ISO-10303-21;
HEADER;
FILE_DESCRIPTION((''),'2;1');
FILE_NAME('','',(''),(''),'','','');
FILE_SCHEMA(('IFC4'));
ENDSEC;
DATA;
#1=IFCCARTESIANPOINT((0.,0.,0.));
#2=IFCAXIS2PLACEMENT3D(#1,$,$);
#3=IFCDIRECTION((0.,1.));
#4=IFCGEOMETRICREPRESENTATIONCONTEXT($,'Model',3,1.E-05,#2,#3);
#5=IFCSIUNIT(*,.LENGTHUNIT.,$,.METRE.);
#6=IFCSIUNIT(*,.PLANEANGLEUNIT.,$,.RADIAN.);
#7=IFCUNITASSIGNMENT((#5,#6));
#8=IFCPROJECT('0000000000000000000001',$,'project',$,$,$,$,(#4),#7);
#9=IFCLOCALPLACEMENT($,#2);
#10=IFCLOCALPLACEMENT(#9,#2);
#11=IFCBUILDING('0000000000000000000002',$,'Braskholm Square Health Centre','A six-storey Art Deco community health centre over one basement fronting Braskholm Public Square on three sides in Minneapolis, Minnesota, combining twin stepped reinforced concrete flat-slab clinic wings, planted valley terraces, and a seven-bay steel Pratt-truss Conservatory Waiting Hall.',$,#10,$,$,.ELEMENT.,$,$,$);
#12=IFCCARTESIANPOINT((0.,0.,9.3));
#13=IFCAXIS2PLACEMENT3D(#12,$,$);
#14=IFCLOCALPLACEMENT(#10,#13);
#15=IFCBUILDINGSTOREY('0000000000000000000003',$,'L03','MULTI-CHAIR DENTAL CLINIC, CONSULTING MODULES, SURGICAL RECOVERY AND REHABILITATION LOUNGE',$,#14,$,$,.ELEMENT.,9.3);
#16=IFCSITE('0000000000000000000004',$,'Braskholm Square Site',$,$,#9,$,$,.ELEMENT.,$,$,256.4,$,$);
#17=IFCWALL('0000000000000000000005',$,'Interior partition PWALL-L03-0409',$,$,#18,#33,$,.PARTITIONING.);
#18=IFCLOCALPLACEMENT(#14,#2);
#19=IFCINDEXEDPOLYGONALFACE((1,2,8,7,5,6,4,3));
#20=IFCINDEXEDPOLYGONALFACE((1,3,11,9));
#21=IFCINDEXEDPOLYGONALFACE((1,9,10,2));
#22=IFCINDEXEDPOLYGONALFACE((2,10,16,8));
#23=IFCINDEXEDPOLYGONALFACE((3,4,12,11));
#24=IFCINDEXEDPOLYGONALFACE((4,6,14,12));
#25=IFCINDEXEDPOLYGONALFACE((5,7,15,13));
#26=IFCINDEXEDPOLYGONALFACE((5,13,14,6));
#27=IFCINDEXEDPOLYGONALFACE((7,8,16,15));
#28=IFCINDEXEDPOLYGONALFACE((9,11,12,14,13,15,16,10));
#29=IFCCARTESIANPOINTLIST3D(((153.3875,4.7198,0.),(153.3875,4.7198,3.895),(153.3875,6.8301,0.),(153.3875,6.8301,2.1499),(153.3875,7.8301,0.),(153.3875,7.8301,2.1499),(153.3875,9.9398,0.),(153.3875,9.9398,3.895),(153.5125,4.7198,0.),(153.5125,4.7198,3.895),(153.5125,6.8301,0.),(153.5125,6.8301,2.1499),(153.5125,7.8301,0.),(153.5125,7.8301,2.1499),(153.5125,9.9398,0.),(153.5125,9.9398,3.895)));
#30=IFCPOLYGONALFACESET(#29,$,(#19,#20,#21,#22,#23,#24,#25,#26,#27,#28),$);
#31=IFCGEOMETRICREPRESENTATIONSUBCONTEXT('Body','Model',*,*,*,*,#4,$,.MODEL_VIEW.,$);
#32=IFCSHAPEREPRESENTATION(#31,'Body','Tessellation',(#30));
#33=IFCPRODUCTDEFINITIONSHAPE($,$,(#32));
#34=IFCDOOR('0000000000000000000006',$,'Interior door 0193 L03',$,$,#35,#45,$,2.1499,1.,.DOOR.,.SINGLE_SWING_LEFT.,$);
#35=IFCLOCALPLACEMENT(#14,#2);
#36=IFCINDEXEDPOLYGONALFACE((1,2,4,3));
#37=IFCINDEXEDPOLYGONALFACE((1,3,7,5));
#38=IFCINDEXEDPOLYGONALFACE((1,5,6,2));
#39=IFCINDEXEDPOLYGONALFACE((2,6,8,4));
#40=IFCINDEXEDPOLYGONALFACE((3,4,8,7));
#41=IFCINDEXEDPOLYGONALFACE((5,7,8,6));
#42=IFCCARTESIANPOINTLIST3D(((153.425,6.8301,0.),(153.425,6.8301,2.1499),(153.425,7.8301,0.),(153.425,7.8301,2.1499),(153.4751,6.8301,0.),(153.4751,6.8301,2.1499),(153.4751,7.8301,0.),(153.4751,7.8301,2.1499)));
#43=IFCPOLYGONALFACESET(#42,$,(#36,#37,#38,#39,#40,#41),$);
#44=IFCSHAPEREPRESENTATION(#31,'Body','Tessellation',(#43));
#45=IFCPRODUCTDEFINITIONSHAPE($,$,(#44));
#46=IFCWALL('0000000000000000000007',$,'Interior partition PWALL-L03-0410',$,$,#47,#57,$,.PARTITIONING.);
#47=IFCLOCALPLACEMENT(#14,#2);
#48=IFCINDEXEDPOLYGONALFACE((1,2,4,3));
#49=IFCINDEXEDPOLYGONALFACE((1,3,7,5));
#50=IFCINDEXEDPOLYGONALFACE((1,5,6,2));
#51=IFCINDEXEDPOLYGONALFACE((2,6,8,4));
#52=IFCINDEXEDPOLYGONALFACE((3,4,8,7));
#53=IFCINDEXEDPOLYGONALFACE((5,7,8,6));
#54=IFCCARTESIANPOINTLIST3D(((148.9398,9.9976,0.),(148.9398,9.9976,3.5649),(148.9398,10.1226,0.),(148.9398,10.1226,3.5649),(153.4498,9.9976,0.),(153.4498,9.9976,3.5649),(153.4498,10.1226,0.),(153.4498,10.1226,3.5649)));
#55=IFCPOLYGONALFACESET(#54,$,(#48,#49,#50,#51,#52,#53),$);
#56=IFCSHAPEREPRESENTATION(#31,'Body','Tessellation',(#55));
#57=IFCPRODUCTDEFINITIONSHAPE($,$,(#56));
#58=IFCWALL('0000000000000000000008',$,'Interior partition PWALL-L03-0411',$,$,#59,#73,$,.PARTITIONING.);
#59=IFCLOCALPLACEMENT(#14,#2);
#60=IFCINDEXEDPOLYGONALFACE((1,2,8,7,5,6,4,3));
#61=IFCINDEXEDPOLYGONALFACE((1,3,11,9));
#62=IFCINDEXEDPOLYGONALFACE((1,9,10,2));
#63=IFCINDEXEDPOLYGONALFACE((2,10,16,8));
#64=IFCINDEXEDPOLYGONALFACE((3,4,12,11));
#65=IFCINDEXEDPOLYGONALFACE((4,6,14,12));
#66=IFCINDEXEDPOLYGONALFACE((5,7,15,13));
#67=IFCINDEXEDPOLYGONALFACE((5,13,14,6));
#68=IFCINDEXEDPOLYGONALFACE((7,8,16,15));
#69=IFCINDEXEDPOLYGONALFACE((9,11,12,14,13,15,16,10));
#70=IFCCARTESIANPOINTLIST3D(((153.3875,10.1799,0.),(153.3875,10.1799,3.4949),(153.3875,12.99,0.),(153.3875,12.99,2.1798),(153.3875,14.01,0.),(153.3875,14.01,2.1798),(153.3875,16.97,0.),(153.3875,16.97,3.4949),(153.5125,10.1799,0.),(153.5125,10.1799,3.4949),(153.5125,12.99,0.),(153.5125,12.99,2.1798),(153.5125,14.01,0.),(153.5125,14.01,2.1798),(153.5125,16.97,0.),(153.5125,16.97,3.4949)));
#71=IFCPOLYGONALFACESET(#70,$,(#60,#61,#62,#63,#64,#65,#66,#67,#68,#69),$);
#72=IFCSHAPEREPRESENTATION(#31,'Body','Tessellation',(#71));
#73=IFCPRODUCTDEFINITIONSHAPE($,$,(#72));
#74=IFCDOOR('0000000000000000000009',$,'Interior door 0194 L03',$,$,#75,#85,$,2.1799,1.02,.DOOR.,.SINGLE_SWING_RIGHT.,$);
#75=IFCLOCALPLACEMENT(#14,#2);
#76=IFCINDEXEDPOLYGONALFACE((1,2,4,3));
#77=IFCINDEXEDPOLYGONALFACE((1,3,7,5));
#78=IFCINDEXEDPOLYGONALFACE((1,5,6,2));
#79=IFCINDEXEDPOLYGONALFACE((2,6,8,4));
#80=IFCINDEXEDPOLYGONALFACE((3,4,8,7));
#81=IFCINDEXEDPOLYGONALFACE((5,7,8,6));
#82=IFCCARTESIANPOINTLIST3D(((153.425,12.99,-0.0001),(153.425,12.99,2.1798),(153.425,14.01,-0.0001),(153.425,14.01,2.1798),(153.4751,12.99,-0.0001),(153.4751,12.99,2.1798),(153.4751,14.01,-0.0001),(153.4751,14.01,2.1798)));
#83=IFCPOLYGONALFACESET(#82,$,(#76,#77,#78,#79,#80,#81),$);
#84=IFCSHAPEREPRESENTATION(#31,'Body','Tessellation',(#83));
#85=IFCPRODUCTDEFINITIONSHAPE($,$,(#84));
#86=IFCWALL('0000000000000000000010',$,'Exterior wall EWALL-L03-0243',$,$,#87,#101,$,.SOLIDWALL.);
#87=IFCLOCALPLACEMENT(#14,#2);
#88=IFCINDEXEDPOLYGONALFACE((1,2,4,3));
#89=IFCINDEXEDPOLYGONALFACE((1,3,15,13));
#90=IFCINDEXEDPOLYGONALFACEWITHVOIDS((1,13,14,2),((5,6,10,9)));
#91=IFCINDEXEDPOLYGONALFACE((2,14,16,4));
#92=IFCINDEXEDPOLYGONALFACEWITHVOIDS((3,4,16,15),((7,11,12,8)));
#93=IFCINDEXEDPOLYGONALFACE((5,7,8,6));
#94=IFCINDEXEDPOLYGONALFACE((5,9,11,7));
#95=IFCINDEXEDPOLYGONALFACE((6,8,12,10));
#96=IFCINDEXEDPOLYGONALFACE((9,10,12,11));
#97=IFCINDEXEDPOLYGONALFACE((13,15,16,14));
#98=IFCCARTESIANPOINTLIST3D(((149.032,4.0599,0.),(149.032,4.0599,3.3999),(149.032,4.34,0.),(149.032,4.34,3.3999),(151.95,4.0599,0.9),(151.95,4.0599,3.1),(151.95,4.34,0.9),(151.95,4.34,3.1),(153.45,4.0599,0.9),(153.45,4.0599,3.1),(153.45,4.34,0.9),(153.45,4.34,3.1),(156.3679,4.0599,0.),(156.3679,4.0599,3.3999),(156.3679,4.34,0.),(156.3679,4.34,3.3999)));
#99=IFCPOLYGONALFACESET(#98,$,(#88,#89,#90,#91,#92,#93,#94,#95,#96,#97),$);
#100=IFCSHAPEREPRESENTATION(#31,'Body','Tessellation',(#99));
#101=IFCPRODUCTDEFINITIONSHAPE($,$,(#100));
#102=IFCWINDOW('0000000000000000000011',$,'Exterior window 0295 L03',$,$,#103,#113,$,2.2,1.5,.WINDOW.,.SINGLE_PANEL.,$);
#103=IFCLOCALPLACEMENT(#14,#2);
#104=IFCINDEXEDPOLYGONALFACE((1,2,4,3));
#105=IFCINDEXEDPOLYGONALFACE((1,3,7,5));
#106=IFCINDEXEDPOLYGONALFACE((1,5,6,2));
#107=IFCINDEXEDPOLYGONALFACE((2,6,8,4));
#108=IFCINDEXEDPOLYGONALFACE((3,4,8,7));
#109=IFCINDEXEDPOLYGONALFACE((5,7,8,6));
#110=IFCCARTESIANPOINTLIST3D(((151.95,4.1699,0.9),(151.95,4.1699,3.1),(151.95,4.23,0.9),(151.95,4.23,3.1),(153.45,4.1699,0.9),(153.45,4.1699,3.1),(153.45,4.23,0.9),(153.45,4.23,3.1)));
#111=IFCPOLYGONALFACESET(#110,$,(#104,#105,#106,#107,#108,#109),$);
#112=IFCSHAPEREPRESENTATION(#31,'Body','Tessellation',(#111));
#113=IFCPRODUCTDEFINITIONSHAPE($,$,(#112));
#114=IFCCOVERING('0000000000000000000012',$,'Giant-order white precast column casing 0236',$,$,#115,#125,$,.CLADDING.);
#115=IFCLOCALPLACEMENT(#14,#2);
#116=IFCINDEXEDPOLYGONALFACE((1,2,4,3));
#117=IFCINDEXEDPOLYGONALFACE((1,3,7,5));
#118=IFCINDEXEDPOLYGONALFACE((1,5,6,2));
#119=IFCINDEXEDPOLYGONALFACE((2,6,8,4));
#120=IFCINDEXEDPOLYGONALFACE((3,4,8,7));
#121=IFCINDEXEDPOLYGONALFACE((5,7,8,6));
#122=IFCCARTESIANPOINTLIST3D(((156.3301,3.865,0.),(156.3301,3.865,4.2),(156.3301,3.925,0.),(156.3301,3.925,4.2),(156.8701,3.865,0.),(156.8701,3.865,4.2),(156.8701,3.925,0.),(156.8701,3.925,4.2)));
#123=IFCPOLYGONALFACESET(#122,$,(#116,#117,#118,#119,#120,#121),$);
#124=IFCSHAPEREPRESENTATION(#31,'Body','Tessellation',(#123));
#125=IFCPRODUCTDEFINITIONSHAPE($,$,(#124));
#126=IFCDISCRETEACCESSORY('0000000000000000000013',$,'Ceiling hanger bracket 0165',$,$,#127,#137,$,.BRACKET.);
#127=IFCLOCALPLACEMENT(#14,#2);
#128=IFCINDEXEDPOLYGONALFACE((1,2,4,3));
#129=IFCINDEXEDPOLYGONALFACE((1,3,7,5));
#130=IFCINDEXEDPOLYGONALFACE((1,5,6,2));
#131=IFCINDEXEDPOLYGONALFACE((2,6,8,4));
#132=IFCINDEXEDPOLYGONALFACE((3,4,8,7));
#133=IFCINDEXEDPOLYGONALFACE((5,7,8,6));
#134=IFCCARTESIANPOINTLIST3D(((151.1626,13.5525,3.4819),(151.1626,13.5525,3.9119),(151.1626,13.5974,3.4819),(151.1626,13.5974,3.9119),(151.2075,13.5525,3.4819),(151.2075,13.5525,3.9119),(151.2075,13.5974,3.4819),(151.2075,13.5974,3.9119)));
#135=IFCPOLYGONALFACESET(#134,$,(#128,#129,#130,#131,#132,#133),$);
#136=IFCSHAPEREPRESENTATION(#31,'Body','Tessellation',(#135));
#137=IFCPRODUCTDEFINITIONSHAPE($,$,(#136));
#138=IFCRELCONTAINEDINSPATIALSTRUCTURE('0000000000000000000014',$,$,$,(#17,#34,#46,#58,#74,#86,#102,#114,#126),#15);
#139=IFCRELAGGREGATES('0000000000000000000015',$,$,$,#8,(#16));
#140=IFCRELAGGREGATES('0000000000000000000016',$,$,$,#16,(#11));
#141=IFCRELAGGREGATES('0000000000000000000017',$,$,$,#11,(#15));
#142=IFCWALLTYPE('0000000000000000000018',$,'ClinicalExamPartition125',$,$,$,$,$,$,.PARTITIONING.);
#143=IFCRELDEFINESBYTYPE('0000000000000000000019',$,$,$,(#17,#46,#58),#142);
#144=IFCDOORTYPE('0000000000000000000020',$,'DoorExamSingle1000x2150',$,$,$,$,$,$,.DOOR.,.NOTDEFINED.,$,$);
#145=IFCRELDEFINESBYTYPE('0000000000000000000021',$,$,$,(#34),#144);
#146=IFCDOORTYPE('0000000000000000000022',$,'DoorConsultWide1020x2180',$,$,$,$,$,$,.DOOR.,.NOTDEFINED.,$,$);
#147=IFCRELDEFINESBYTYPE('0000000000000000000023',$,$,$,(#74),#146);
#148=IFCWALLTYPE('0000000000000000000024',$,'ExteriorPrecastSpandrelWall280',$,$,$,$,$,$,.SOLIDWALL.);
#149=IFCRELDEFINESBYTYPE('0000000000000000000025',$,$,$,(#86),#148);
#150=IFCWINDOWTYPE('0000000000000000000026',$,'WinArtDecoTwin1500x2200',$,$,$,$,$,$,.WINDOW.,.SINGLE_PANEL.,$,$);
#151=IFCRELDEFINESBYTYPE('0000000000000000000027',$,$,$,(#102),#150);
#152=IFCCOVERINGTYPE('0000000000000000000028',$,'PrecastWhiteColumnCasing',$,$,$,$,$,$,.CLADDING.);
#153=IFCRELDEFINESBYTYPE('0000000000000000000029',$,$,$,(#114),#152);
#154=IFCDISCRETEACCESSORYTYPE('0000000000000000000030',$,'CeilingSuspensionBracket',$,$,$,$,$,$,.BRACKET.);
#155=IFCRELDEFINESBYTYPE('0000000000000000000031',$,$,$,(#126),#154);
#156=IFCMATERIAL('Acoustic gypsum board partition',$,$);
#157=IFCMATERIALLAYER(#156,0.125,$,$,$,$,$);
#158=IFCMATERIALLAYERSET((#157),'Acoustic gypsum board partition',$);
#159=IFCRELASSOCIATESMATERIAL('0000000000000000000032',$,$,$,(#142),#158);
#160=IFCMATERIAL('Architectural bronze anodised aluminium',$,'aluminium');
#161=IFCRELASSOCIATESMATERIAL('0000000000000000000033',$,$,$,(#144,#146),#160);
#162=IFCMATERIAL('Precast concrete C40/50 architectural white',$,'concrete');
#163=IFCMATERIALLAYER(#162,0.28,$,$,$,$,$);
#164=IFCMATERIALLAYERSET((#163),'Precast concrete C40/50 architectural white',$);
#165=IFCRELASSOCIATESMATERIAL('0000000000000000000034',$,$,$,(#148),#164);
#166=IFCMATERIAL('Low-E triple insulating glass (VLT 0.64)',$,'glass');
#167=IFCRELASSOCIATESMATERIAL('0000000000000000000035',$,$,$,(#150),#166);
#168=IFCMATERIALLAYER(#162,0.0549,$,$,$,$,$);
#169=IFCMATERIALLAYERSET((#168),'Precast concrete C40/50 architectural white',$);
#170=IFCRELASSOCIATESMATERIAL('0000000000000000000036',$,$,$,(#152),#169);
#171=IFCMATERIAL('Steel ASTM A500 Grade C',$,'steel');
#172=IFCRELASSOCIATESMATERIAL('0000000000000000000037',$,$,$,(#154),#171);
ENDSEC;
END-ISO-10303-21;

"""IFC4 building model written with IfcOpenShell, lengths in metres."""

from ifc_helpers import new_model, si_unit, direction, frame, frame_2d, origin, origin_with_axes, origin_2d, place, context, subcontext, project, spatial, rectangle, extrude, material, layer, layer_set, type_object, element, fill, save


model = new_model("IFC4")

# Units and contexts
model_context = context("Model", 3, precision=1e-05, world=origin(), true_north=direction((0.0, 1.0)))
body_context = subcontext(model_context, "Body", "Model", "MODEL_VIEW")
ifc_project = project(units=[si_unit("LENGTHUNIT", "METRE"), si_unit("PLANEANGLEUNIT", "RADIAN")], contexts=[model_context])

# Site, building, storey
site_placement = place(None, origin())
site = spatial("IfcSite", under=ifc_project, at=site_placement, Name="Braskholm Square Site", CompositionType="ELEMENT", RefElevation=256.4)
building_placement = place(site_placement, origin())
building = spatial("IfcBuilding", under=site, at=building_placement, Name="Braskholm Square Health Centre", Description="A six-storey Art Deco community health centre over one basement fronting Braskholm Public Square on three sides in Minneapolis, Minnesota, combining twin stepped reinforced concrete flat-slab clinic wings, planted valley terraces, and a seven-bay steel Pratt-truss Conservatory Waiting Hall.", CompositionType="ELEMENT")
storey_placement = place(building_placement, frame((0.0, 0.0, 9.3)))
storey = spatial("IfcBuildingStorey", under=building, at=storey_placement, Name="L03", Description="MULTI-CHAIR DENTAL CLINIC, CONSULTING MODULES, SURGICAL RECOVERY AND REHABILITATION LOUNGE", CompositionType="ELEMENT", Elevation=9.3)

# Shared definitions
ifc_material_1 = material(Name="Precast concrete C40/50 architectural white", Category="concrete")

# Shared definitions
ifc_material_2 = material(Name="Acoustic gypsum board partition")
ifc_layer_1 = layer(ifc_material_2, 0.125)
ifc_layer_set_1 = layer_set([ifc_layer_1], Name="Acoustic gypsum board partition")
wall_type_1 = type_object("IfcWallType", Name="ClinicalExamPartition125", PredefinedType="PARTITIONING", material=ifc_layer_set_1)
ifc_material_3 = material(Name="Architectural bronze anodised aluminium", Category="aluminium")

# Wall, opening, door
wall_1_placement = place(storey_placement, frame((153.45, 4.72, 0.0), z_axis=(0.0, 0.0, 1.0), x_axis=(0.0, 1.0, 0.0)))
wall_1 = element("IfcWall", 1, at=wall_1_placement, inside=storey, type_object=wall_type_1, Name="Interior partition PWALL-L03-0409", PredefinedType="PARTITIONING", context=body_context, shape_type="SweptSolid", body=[
    extrude(rectangle(XDim=5.22, YDim=0.125, at=frame_2d((2.6099, 0.0))), origin(), (0.0, 0.0, 1.0), 3.895),
])
opening_1_placement = place(wall_1_placement, frame((2.1101, 0.0, 0.0)))
opening_1 = element("IfcOpeningElement", 2, at=opening_1_placement, cuts=wall_1, PredefinedType="OPENING", context=body_context, shape_type="SweptSolid", body=[
    extrude(rectangle(XDim=1.0, YDim=2.1499, at=frame_2d((0.5, 1.075))), frame((0.0, 0.0725, 0.0), z_axis=(0.0, -1.0, 0.0), x_axis=(1.0, 0.0, 0.0)), (0.0, 0.0, 1.0), 0.145),
])
door_type_1 = type_object("IfcDoorType", Name="DoorExamSingle1000x2150", OperationType="NOTDEFINED", PredefinedType="DOOR", material=ifc_material_3)
door_1_placement = place(opening_1_placement, origin_with_axes())
door_1 = element("IfcDoor", 3, at=door_1_placement, inside=storey, type_object=door_type_1, Name="Interior door 0193 L03", OperationType="SINGLE_SWING_LEFT", OverallHeight=2.1499, OverallWidth=1.0, PredefinedType="DOOR", context=body_context, shape_type="SweptSolid", body=[
    extrude(rectangle(XDim=1.0, YDim=2.1499, at=frame_2d((0.5, 1.075))), frame((0.0, 0.0249, 0.0), z_axis=(0.0, -1.0, 0.0), x_axis=(1.0, 0.0, 0.0)), (0.0, 0.0, 1.0), 0.05),
])
fill(opening_1, door_1)

# Wall
wall_2_placement = place(storey_placement, frame((148.9399, 10.0601, 0.0), z_axis=(0.0, 0.0, 1.0), x_axis=(1.0, 0.0, 0.0)))
element("IfcWall", 4, at=wall_2_placement, inside=storey, type_object=wall_type_1, Name="Interior partition PWALL-L03-0410", PredefinedType="PARTITIONING", context=body_context, shape_type="SweptSolid", body=[
    extrude(rectangle(XDim=4.51, YDim=0.125, at=frame_2d((2.2549, 0.0))), origin(), (0.0, 0.0, 1.0), 3.5649),
])

# Wall, opening, door
wall_3_placement = place(storey_placement, frame((153.45, 10.1799, 0.0), z_axis=(0.0, 0.0, 1.0), x_axis=(0.0, 1.0, 0.0)))
wall_3 = element("IfcWall", 5, at=wall_3_placement, inside=storey, type_object=wall_type_1, Name="Interior partition PWALL-L03-0411", PredefinedType="PARTITIONING", context=body_context, shape_type="SweptSolid", body=[
    extrude(rectangle(XDim=6.79, YDim=0.125, at=frame_2d((3.395, 0.0))), origin(), (0.0, 0.0, 1.0), 3.4949),
])
opening_2_placement = place(wall_3_placement, frame((2.8101, 0.0, 0.0)))
opening_2 = element("IfcOpeningElement", 6, at=opening_2_placement, cuts=wall_3, PredefinedType="OPENING", context=body_context, shape_type="SweptSolid", body=[
    extrude(rectangle(XDim=1.02, YDim=2.1799, at=frame_2d((0.51, 1.0898))), frame((0.0, 0.0725, 0.0), z_axis=(0.0, -1.0, 0.0), x_axis=(1.0, 0.0, 0.0)), (0.0, 0.0, 1.0), 0.145),
])
door_type_2 = type_object("IfcDoorType", Name="DoorConsultWide1020x2180", OperationType="NOTDEFINED", PredefinedType="DOOR", material=ifc_material_3)
door_2_placement = place(opening_2_placement, origin_with_axes())
door_2 = element("IfcDoor", 7, at=door_2_placement, inside=storey, type_object=door_type_2, Name="Interior door 0194 L03", OperationType="SINGLE_SWING_RIGHT", OverallHeight=2.1799, OverallWidth=1.02, PredefinedType="DOOR", context=body_context, shape_type="SweptSolid", body=[
    extrude(rectangle(XDim=1.02, YDim=2.1799, at=frame_2d((0.51, 1.0898))), frame((0.0, 0.0249, 0.0), z_axis=(0.0, -1.0, 0.0), x_axis=(1.0, 0.0, 0.0)), (0.0, 0.0, 1.0), 0.05),
])
fill(opening_2, door_2)

# Wall, opening, window
ifc_layer_2 = layer(ifc_material_1, 0.28)
ifc_layer_set_2 = layer_set([ifc_layer_2], Name="Precast concrete C40/50 architectural white")
wall_type_2 = type_object("IfcWallType", Name="ExteriorPrecastSpandrelWall280", PredefinedType="SOLIDWALL", material=ifc_layer_set_2)
wall_4_placement = place(storey_placement, frame((149.032, 4.2, 0.0), z_axis=(0.0, 0.0, 1.0), x_axis=(1.0, 0.0, 0.0)))
wall_4 = element("IfcWall", 8, at=wall_4_placement, inside=storey, type_object=wall_type_2, Name="Exterior wall EWALL-L03-0243", PredefinedType="SOLIDWALL", context=body_context, shape_type="SweptSolid", body=[
    extrude(rectangle(XDim=7.3359, YDim=0.28, at=frame_2d((3.668, 0.0))), origin(), (0.0, 0.0, 1.0), 3.3999),
])
opening_3_placement = place(wall_4_placement, frame((2.918, 0.0, 0.8999)))
opening_3 = element("IfcOpeningElement", 9, at=opening_3_placement, cuts=wall_4, PredefinedType="OPENING", context=body_context, shape_type="SweptSolid", body=[
    extrude(rectangle(XDim=1.5, YDim=2.2, at=frame_2d((0.75, 1.1001))), frame((0.0, 0.1499, 0.0), z_axis=(0.0, -1.0, 0.0), x_axis=(1.0, 0.0, 0.0)), (0.0, 0.0, 1.0), 0.3),
])
ifc_material_4 = material(Name="Low-E triple insulating glass (VLT 0.64)", Category="glass")
window_type = type_object("IfcWindowType", Name="WinArtDecoTwin1500x2200", PartitioningType="SINGLE_PANEL", PredefinedType="WINDOW", material=ifc_material_4)
window_placement = place(opening_3_placement, origin_with_axes())
window = element("IfcWindow", 10, at=window_placement, inside=storey, type_object=window_type, Name="Exterior window 0295 L03", OverallHeight=2.2, OverallWidth=1.5, PartitioningType="SINGLE_PANEL", PredefinedType="WINDOW", context=body_context, shape_type="SweptSolid", body=[
    extrude(rectangle(XDim=1.5, YDim=2.2, at=frame_2d((0.75, 1.1001))), frame((0.0, 0.03, 0.0), z_axis=(0.0, -1.0, 0.0), x_axis=(1.0, 0.0, 0.0)), (0.0, 0.0, 1.0), 0.0601),
])
fill(opening_3, window)

# Covering
ifc_layer_3 = layer(ifc_material_1, 0.0549)
ifc_layer_set_3 = layer_set([ifc_layer_3], Name="Precast concrete C40/50 architectural white")
covering_type = type_object("IfcCoveringType", Name="PrecastWhiteColumnCasing", PredefinedType="CLADDING", material=ifc_layer_set_3)
covering_placement = place(storey_placement, frame((156.6001, 3.895, 0.0), z_axis=(0.0, 0.0, 1.0), x_axis=(1.0, 0.0, 0.0)))
element("IfcCovering", 11, at=covering_placement, inside=storey, type_object=covering_type, Name="Giant-order white precast column casing 0236", PredefinedType="CLADDING", context=body_context, shape_type="SweptSolid", body=[
    extrude(rectangle(XDim=0.54, YDim=0.0601, at=origin_2d()), origin(), (0.0, 0.0, 1.0), 4.2),
])

# Discrete accessory
ifc_material_5 = material(Name="Steel ASTM A500 Grade C", Category="steel")
discrete_accessory_type = type_object("IfcDiscreteAccessoryType", Name="CeilingSuspensionBracket", PredefinedType="BRACKET", material=ifc_material_5)
discrete_accessory_placement = place(storey_placement, frame((151.1851, 13.575, 3.4819), z_axis=(0.0, 0.0, 1.0), x_axis=(1.0, 0.0, 0.0)))
element("IfcDiscreteAccessory", 12, at=discrete_accessory_placement, inside=storey, type_object=discrete_accessory_type, Name="Ceiling hanger bracket 0165", PredefinedType="BRACKET", context=body_context, shape_type="SweptSolid", body=[
    extrude(rectangle(XDim=0.0449, YDim=0.0449, at=origin_2d()), origin(), (0.0, 0.0, 1.0), 0.4299),
])

save(model, "model.ifc")
